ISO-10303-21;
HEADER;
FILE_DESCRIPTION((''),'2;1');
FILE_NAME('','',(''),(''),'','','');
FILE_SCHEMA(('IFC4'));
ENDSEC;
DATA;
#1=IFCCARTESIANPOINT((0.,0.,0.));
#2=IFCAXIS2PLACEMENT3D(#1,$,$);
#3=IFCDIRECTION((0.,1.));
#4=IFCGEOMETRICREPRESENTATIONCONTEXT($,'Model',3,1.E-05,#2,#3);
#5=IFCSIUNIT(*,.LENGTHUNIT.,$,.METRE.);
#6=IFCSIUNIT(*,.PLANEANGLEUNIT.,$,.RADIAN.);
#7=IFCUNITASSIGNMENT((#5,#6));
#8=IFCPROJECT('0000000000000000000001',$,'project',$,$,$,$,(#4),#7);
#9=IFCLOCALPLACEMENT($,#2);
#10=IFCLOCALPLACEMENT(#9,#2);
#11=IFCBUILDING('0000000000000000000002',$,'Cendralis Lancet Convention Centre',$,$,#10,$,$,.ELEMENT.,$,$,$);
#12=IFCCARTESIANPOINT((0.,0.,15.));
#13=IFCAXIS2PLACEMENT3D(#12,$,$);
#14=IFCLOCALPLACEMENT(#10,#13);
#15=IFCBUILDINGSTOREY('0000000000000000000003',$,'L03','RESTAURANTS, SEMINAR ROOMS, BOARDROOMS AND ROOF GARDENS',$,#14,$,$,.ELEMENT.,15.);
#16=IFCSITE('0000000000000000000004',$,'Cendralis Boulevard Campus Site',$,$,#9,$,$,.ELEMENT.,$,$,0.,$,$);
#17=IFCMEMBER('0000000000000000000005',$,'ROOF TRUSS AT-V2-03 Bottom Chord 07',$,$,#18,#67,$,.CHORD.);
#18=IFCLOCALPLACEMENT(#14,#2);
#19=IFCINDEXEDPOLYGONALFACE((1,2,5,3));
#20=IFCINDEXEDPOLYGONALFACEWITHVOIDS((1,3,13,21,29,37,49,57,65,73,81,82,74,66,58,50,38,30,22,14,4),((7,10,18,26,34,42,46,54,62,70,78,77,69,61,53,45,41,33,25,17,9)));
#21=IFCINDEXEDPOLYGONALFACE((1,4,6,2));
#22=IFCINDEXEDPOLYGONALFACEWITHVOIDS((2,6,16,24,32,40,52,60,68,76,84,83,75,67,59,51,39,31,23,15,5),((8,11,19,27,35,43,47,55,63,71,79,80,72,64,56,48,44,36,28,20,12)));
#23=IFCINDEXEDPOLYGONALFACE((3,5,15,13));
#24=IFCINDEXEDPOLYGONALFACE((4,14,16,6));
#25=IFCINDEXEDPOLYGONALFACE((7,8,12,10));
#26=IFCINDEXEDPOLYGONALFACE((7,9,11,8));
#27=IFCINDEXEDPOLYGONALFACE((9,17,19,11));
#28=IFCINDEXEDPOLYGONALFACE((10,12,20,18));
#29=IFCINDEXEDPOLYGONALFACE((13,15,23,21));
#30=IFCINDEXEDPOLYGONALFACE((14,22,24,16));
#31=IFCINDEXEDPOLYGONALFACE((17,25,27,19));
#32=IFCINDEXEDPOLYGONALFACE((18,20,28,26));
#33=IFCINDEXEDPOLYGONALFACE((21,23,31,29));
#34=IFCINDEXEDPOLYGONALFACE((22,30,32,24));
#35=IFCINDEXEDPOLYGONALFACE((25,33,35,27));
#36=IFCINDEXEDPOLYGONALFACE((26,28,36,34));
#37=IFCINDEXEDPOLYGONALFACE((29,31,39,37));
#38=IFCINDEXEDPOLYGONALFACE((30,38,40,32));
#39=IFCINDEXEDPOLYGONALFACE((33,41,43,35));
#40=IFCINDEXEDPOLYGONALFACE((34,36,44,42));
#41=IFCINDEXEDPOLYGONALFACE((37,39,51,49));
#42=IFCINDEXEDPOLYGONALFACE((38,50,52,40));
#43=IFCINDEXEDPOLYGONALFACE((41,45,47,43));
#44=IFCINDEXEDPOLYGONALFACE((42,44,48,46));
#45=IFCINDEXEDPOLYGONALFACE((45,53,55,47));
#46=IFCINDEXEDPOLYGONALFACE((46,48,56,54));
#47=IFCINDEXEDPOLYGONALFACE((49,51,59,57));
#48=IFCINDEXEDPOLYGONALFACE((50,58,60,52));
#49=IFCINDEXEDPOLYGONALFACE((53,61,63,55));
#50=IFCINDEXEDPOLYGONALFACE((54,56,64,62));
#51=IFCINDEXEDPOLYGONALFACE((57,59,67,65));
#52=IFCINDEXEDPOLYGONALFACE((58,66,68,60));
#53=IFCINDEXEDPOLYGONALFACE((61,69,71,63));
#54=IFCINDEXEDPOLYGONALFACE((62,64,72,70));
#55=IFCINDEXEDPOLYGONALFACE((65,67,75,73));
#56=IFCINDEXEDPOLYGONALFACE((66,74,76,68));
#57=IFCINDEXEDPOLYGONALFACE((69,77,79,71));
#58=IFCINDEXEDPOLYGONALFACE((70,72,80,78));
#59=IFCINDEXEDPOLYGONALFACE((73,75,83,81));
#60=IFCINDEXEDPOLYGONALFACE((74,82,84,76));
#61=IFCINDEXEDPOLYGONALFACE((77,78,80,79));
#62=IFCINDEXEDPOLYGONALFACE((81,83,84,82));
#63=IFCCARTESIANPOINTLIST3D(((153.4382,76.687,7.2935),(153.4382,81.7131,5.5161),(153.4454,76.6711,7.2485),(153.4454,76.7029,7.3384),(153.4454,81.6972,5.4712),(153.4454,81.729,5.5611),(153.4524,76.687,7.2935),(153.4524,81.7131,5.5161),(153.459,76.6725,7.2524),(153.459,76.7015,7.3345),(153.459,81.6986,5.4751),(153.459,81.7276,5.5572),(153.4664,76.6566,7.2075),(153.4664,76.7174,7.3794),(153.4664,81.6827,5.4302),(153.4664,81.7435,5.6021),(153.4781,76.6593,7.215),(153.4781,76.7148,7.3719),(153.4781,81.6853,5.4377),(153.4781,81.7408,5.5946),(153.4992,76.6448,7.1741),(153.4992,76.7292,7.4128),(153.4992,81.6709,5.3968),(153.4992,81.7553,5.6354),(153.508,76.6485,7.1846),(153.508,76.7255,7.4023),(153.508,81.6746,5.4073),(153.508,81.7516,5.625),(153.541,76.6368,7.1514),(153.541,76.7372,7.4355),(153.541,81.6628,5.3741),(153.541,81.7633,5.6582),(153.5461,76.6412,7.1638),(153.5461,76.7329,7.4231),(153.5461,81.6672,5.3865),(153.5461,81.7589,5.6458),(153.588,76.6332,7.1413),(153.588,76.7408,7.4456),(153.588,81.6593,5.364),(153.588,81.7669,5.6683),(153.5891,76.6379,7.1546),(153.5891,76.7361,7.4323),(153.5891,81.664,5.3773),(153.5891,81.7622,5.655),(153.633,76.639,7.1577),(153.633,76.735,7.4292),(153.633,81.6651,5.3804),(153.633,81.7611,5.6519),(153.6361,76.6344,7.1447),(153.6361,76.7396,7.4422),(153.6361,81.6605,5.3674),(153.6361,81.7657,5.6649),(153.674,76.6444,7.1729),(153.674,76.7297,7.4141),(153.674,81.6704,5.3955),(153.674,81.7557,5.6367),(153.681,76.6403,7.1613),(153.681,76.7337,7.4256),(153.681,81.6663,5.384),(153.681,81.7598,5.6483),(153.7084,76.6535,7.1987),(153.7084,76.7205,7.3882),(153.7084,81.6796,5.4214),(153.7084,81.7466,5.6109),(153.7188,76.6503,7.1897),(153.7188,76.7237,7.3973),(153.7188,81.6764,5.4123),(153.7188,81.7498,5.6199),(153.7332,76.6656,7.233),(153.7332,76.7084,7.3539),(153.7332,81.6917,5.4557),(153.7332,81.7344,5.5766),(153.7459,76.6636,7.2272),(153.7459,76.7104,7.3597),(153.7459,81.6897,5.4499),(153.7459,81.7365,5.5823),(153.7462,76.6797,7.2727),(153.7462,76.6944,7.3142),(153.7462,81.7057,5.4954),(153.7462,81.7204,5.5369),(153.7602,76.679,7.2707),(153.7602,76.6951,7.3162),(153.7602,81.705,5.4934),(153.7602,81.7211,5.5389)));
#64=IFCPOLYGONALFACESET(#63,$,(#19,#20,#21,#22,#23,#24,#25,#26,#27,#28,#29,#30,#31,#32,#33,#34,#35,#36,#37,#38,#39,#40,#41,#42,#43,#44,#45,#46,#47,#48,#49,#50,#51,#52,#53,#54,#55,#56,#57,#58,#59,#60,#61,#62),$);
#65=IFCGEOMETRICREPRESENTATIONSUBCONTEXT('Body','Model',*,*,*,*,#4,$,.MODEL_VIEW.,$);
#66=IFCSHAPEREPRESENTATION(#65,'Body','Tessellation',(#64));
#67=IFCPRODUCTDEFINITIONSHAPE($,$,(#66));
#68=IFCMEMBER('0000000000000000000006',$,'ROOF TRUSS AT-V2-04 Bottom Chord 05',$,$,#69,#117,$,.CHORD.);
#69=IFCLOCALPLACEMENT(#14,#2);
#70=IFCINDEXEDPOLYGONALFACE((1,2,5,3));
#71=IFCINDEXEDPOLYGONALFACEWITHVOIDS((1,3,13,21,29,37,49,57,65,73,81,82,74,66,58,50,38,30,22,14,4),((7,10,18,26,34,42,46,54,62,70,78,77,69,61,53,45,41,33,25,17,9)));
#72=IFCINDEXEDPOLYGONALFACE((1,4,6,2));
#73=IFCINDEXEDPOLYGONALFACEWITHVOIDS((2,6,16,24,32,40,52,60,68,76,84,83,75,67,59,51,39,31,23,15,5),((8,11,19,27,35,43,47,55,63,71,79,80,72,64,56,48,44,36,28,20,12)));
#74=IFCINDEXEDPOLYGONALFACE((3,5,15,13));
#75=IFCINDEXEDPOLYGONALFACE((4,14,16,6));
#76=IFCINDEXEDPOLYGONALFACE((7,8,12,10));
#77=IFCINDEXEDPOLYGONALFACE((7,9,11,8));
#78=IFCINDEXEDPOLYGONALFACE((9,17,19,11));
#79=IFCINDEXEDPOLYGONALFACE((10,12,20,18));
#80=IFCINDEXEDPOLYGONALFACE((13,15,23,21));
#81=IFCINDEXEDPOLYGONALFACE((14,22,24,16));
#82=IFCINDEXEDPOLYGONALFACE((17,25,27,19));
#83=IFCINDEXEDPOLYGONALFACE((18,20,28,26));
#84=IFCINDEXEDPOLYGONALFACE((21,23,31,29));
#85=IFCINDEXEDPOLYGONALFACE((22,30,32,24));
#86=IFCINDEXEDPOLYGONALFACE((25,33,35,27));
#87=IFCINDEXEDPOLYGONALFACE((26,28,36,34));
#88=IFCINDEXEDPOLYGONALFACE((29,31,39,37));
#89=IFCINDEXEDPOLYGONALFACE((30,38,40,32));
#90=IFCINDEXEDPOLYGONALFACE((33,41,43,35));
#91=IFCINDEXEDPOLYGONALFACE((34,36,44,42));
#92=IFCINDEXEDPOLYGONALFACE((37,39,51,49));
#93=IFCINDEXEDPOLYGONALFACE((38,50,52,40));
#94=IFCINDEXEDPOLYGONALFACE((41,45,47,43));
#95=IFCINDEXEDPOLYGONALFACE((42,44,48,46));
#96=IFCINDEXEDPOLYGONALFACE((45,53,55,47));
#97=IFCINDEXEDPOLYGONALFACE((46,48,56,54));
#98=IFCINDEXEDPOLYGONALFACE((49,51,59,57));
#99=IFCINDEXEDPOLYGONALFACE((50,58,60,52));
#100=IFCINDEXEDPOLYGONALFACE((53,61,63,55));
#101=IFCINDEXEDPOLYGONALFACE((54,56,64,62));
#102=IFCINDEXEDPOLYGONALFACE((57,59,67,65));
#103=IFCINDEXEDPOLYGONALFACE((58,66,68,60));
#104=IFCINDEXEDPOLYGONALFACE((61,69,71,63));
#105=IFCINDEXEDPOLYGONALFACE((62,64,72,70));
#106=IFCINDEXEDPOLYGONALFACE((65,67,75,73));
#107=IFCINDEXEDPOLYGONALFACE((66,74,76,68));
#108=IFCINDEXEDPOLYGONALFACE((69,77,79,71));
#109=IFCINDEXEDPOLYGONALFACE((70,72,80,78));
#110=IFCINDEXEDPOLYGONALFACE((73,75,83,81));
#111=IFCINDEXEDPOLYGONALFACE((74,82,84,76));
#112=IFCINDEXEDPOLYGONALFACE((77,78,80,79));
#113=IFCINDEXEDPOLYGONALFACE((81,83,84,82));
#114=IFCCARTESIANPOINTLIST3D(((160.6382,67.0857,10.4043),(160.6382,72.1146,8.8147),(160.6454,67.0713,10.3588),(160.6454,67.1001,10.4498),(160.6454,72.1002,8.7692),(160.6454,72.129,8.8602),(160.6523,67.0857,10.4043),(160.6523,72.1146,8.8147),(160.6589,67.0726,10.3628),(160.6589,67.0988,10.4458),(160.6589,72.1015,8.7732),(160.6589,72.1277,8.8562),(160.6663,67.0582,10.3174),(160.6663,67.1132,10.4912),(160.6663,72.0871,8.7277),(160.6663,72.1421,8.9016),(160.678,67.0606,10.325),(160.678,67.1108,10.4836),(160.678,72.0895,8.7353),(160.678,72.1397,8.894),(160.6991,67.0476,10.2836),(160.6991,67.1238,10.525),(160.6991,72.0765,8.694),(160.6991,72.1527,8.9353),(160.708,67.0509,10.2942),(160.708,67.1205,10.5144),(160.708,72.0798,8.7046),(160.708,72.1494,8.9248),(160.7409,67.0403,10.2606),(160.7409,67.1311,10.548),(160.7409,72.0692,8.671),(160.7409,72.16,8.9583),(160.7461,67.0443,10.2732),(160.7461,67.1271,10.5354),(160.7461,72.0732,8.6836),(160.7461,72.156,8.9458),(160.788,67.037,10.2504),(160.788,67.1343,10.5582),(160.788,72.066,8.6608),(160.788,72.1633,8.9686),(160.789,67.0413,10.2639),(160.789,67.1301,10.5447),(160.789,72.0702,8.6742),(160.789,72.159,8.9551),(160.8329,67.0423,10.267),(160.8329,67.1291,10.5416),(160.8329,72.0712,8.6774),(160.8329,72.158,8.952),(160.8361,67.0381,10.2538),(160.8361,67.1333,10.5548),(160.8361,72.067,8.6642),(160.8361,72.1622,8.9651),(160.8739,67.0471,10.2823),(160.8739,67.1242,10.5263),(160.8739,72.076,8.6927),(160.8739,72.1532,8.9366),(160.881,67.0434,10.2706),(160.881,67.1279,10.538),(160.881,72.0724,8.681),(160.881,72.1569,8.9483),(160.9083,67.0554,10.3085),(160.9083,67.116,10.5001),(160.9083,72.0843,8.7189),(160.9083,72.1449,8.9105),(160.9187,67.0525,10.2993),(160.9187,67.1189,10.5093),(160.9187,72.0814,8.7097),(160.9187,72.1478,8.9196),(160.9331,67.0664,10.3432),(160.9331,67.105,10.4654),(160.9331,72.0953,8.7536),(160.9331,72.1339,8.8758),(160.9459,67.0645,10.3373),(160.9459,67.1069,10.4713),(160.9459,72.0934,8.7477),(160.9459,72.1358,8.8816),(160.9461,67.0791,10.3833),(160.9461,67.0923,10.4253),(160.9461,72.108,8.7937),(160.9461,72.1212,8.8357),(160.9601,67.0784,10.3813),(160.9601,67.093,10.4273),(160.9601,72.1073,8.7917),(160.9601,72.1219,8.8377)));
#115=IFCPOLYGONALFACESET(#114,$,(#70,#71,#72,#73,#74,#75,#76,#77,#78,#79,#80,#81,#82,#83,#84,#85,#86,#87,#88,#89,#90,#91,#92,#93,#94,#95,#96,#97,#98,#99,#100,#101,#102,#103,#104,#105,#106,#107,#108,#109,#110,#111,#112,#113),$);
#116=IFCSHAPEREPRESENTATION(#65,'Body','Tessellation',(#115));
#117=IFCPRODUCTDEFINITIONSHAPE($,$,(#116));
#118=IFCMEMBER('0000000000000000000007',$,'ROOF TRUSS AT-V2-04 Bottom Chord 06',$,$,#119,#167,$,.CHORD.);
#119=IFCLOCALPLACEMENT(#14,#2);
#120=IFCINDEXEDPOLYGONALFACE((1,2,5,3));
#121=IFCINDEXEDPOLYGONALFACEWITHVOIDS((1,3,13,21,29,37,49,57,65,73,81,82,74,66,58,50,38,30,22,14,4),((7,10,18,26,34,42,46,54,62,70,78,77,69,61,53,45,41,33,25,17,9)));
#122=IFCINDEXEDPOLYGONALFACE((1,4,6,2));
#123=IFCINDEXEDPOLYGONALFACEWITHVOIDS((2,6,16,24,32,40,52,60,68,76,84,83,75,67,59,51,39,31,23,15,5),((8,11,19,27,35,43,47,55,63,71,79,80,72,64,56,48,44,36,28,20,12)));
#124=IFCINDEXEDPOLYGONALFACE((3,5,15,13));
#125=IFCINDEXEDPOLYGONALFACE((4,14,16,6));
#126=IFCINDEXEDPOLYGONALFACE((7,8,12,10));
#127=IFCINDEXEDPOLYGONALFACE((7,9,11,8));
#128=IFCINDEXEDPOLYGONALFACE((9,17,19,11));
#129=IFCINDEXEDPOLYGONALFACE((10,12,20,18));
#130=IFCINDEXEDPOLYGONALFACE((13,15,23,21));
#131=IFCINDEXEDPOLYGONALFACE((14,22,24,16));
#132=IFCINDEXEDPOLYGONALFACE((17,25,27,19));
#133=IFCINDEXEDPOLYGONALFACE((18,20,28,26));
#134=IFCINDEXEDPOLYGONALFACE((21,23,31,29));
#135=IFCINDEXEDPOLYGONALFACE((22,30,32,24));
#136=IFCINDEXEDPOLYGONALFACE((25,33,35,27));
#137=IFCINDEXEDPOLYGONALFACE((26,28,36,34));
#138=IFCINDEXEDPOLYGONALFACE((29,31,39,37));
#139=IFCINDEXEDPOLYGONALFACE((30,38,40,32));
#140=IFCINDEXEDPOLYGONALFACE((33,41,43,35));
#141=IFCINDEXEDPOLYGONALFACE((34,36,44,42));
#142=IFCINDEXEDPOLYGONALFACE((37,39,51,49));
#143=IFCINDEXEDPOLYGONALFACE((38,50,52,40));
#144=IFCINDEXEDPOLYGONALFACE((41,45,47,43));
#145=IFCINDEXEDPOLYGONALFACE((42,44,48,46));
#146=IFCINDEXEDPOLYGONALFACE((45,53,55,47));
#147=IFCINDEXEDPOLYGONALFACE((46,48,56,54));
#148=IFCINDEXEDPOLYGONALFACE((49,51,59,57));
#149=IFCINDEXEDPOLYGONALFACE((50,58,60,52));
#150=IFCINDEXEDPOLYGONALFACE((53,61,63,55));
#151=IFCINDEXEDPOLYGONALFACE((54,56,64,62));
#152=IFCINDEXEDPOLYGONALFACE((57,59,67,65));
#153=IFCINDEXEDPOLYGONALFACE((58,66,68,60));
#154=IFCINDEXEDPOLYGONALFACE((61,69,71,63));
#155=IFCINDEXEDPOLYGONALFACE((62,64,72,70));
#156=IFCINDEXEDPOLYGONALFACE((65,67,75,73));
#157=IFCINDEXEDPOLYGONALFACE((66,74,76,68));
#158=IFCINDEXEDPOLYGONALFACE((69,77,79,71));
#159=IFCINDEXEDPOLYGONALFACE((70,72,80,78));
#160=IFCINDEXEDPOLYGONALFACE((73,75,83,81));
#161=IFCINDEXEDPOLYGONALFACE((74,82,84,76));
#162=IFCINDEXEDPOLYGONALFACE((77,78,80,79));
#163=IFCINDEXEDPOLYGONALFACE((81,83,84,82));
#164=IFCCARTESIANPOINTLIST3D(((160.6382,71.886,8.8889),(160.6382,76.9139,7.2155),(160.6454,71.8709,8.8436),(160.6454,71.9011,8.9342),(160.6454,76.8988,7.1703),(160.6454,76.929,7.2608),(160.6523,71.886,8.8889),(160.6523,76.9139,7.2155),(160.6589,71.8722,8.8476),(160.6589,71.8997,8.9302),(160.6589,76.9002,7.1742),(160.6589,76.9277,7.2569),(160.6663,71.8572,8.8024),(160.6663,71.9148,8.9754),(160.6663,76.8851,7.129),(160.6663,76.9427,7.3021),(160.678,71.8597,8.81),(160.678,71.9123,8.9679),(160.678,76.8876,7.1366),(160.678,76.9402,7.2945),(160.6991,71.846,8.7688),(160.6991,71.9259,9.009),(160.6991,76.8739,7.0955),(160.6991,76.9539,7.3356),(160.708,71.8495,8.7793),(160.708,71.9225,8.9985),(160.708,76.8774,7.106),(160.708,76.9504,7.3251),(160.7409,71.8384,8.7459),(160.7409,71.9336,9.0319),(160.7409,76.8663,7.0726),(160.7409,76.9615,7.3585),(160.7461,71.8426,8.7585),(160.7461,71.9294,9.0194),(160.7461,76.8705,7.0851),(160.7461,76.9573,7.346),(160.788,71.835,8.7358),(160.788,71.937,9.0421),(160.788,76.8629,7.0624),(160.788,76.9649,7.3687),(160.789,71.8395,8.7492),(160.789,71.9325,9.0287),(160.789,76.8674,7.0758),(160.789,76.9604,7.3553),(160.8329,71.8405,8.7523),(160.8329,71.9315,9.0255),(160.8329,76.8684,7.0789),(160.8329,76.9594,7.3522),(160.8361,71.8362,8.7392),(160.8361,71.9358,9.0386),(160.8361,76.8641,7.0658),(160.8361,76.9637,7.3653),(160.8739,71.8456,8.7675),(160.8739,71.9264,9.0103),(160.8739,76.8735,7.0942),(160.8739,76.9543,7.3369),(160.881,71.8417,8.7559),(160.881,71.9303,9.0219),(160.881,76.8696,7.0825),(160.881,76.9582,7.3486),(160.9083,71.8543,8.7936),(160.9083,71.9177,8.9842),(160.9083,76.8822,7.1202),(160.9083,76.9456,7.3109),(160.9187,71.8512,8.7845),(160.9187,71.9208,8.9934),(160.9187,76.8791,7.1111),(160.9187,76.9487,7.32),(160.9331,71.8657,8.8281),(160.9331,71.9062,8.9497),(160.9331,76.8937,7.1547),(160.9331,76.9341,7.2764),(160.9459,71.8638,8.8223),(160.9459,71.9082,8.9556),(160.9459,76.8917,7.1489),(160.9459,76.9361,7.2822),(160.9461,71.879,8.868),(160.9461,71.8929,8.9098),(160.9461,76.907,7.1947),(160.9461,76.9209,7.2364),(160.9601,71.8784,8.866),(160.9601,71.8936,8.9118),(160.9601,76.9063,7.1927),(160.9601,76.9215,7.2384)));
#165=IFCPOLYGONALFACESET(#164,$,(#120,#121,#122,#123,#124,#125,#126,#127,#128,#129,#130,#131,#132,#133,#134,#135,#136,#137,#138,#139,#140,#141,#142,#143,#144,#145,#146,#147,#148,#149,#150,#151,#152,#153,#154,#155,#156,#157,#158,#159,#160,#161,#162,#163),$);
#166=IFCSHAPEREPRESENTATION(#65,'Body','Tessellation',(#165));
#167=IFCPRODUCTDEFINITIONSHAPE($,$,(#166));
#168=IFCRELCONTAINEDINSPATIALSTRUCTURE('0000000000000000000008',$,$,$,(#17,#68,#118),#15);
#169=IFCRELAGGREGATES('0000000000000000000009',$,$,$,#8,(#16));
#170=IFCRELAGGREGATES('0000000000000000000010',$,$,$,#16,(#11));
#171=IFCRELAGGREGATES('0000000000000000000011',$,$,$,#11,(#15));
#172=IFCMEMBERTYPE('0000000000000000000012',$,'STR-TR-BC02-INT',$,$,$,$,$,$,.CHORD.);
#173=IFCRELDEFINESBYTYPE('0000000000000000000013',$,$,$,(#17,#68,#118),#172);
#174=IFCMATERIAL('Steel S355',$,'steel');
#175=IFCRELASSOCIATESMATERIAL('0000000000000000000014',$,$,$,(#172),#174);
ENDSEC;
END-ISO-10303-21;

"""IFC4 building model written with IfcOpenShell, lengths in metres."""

from ifc_helpers import new_model, si_unit, direction, frame, origin, origin_2d, place, context, subcontext, project, spatial, hollow_circle, extrude, material, material_profile, profile_set, type_object, element, save


model = new_model("IFC4")

# Units and contexts
model_context = context("Model", 3, precision=1e-05, world=origin(), true_north=direction((0.0, 1.0)))
body_context = subcontext(model_context, "Body", "Model", "MODEL_VIEW")
ifc_project = project(units=[si_unit("LENGTHUNIT", "METRE"), si_unit("PLANEANGLEUNIT", "RADIAN")], contexts=[model_context])

# Site, building, storey
site_placement = place(None, origin())
site = spatial("IfcSite", under=ifc_project, at=site_placement, Name="Cendralis Boulevard Campus Site", CompositionType="ELEMENT", RefElevation=0.0)
building_placement = place(site_placement, origin())
building = spatial("IfcBuilding", under=site, at=building_placement, Name="Cendralis Lancet Convention Centre", CompositionType="ELEMENT")
storey_placement = place(building_placement, frame((0.0, 0.0, 15.0)))
storey = spatial("IfcBuildingStorey", under=building, at=storey_placement, Name="L03", Description="RESTAURANTS, SEMINAR ROOMS, BOARDROOMS AND ROOF GARDENS", CompositionType="ELEMENT", Elevation=15.0)

# Shared definitions
ifc_material = material(Name="Steel S355", Category="steel")

# Members
ifc_material_profile_1 = material_profile(ifc_material, hollow_circle(Radius=0.1619, WallThickness=0.0142, at=origin_2d()), Name="CHS 323.9x14.2")
ifc_profile_set_1 = profile_set([ifc_material_profile_1], Name="Steel S355")
member_type_1 = type_object("IfcMemberType", Name="STR-TR-BC02-INT", PredefinedType="CHORD", material=ifc_profile_set_1)
member_1_placement = place(storey_placement, frame((153.6001, 76.687, 7.2935), z_axis=(0.0, 0.942789, -0.33339), x_axis=(-1.0, 0.0, 0.0)))
element("IfcMember", 1, at=member_1_placement, inside=storey, type_object=member_type_1, Name="ROOF TRUSS AT-V2-03 Bottom Chord 07", PredefinedType="CHORD", context=body_context, shape_type="SweptSolid", body=[
    extrude(hollow_circle(Radius=0.1619, WallThickness=0.0142, at=origin_2d()), origin(), (0.0, 0.0, 1.0), 5.3311),
])
member_2_placement = place(storey_placement, frame((160.8, 67.0857, 10.4043), z_axis=(0.0, 0.953498, -0.301399), x_axis=(-1.0, 0.0, 0.0)))
element("IfcMember", 2, at=member_2_placement, inside=storey, type_object=member_type_1, Name="ROOF TRUSS AT-V2-04 Bottom Chord 05", PredefinedType="CHORD", context=body_context, shape_type="SweptSolid", body=[
    extrude(hollow_circle(Radius=0.1619, WallThickness=0.0142, at=origin_2d()), origin(), (0.0, 0.0, 1.0), 5.2742),
])
member_3_placement = place(storey_placement, frame((160.8, 71.886, 8.8889), z_axis=(0.0, 0.948831, -0.315785), x_axis=(-1.0, 0.0, 0.0)))
element("IfcMember", 3, at=member_3_placement, inside=storey, type_object=member_type_1, Name="ROOF TRUSS AT-V2-04 Bottom Chord 06", PredefinedType="CHORD", context=body_context, shape_type="SweptSolid", body=[
    extrude(hollow_circle(Radius=0.1619, WallThickness=0.0142, at=origin_2d()), origin(), (0.0, 0.0, 1.0), 5.2991),
])

save(model, "model.ifc")
